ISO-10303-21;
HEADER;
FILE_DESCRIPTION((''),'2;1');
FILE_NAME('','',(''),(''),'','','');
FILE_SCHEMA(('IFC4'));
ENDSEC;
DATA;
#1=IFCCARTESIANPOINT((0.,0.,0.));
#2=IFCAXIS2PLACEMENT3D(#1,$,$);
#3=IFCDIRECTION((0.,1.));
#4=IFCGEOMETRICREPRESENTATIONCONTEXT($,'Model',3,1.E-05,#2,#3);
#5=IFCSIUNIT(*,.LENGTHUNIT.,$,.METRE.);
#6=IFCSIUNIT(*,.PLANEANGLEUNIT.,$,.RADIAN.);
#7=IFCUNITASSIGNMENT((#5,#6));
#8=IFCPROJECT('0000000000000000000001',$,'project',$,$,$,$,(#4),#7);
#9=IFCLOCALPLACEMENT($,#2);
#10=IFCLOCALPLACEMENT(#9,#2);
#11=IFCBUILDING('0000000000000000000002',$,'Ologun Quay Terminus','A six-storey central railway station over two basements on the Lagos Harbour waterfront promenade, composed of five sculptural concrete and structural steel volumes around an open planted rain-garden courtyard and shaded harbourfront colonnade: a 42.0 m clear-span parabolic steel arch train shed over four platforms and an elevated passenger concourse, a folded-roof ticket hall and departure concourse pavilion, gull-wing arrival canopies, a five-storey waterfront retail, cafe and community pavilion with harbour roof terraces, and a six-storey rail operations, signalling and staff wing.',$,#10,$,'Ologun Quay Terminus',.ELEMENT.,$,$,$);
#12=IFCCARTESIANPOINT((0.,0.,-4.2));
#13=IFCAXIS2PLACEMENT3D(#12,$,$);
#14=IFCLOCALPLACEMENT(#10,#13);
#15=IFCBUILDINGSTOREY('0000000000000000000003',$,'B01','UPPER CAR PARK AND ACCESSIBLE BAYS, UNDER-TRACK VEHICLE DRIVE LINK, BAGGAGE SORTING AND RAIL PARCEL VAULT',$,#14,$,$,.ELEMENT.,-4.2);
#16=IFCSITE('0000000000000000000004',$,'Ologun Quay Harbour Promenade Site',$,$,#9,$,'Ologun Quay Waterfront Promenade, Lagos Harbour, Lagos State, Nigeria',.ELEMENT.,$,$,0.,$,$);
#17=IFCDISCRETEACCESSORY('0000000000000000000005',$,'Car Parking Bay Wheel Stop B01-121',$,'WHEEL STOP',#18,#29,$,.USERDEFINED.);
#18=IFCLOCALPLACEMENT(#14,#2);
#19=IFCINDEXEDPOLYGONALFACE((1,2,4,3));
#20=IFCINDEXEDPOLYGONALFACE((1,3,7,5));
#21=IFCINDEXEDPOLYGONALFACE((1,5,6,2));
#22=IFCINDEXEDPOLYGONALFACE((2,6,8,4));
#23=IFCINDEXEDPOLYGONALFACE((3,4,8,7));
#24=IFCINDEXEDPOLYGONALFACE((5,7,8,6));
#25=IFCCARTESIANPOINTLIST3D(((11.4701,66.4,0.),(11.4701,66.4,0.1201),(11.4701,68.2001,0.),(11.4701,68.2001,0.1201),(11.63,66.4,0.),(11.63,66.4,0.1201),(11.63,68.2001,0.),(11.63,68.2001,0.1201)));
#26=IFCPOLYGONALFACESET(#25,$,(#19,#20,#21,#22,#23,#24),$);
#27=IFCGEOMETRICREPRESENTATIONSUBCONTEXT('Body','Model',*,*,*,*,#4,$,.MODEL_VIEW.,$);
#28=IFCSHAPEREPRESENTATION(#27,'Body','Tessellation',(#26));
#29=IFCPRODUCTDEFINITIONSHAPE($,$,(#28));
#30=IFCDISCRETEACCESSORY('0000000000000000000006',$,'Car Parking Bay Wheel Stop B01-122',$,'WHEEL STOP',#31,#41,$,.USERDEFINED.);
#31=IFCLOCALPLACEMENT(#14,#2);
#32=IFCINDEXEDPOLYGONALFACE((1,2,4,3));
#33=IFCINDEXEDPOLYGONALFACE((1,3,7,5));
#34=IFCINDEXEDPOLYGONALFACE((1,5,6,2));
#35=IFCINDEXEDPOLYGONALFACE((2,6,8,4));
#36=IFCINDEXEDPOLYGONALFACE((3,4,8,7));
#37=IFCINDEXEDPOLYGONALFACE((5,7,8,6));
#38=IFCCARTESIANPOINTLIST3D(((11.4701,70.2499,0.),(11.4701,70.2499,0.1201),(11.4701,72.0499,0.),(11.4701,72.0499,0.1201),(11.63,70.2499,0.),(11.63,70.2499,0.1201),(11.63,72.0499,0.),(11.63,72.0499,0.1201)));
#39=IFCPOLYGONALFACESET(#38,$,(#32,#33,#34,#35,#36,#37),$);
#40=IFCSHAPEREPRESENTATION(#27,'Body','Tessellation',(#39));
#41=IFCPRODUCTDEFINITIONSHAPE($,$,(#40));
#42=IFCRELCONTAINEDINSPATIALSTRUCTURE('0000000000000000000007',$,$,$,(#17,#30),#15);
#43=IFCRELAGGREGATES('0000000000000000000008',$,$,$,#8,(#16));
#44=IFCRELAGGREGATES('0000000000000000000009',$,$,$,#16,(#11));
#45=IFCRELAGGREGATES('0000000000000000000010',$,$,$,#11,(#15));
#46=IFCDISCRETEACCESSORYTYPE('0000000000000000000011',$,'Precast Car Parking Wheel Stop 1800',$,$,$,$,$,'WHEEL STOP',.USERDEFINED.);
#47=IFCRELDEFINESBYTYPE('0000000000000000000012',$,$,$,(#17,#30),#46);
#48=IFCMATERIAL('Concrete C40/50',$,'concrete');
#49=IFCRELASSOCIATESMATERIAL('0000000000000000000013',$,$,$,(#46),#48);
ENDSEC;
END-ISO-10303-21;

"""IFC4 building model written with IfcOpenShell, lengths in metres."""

from ifc_helpers import new_model, si_unit, direction, frame, origin, origin_2d, place, context, subcontext, project, spatial, rectangle, extrude, material, type_object, element, save


model = new_model("IFC4")

# Units and contexts
model_context = context("Model", 3, precision=1e-05, world=origin(), true_north=direction((0.0, 1.0)))
body_context = subcontext(model_context, "Body", "Model", "MODEL_VIEW")
ifc_project = project(units=[si_unit("LENGTHUNIT", "METRE"), si_unit("PLANEANGLEUNIT", "RADIAN")], contexts=[model_context])

# Site, building, storey
site_placement = place(None, origin())
site = spatial("IfcSite", under=ifc_project, at=site_placement, Name="Ologun Quay Harbour Promenade Site", LongName="Ologun Quay Waterfront Promenade, Lagos Harbour, Lagos State, Nigeria", CompositionType="ELEMENT", RefElevation=0.0)
building_placement = place(site_placement, origin())
building = spatial("IfcBuilding", under=site, at=building_placement, Name="Ologun Quay Terminus", Description="A six-storey central railway station over two basements on the Lagos Harbour waterfront promenade, composed of five sculptural concrete and structural steel volumes around an open planted rain-garden courtyard and shaded harbourfront colonnade: a 42.0 m clear-span parabolic steel arch train shed over four platforms and an elevated passenger concourse, a folded-roof ticket hall and departure concourse pavilion, gull-wing arrival canopies, a five-storey waterfront retail, cafe and community pavilion with harbour roof terraces, and a six-storey rail operations, signalling and staff wing.", LongName="Ologun Quay Terminus", CompositionType="ELEMENT")
storey_placement = place(building_placement, frame((0.0, 0.0, -4.2)))
storey = spatial("IfcBuildingStorey", under=building, at=storey_placement, Name="B01", Description="UPPER CAR PARK AND ACCESSIBLE BAYS, UNDER-TRACK VEHICLE DRIVE LINK, BAGGAGE SORTING AND RAIL PARCEL VAULT", CompositionType="ELEMENT", Elevation=-4.2)

# Discrete accessories
ifc_material_1 = material(Name="Concrete C40/50", Category="concrete")
discrete_accessory_type_1 = type_object("IfcDiscreteAccessoryType", Name="Precast Car Parking Wheel Stop 1800", ElementType="WHEEL STOP", PredefinedType="USERDEFINED", material=ifc_material_1)
for number, where, z_axis, x_axis, name in (
    (1, (11.55, 67.3, 0.0), (0.0, 0.0, 1.0), (0.0, 1.0, 0.0), "Car Parking Bay Wheel Stop B01-121"),
    (2, (11.55, 71.1499, 0.0), (0.0, 0.0, 1.0), (0.0, 1.0, 0.0), "Car Parking Bay Wheel Stop B01-122"),
):
    element("IfcDiscreteAccessory", number, at=place(storey_placement, frame(where, z_axis=z_axis, x_axis=x_axis)), inside=storey, type_object=discrete_accessory_type_1, Name=name, ObjectType="WHEEL STOP", PredefinedType="USERDEFINED", context=body_context, shape_type="SweptSolid", body=[
        extrude(rectangle(XDim=1.8, YDim=0.1599, at=origin_2d()), origin(), (0.0, 0.0, 1.0), 0.1201),
    ])

save(model, "model.ifc")
